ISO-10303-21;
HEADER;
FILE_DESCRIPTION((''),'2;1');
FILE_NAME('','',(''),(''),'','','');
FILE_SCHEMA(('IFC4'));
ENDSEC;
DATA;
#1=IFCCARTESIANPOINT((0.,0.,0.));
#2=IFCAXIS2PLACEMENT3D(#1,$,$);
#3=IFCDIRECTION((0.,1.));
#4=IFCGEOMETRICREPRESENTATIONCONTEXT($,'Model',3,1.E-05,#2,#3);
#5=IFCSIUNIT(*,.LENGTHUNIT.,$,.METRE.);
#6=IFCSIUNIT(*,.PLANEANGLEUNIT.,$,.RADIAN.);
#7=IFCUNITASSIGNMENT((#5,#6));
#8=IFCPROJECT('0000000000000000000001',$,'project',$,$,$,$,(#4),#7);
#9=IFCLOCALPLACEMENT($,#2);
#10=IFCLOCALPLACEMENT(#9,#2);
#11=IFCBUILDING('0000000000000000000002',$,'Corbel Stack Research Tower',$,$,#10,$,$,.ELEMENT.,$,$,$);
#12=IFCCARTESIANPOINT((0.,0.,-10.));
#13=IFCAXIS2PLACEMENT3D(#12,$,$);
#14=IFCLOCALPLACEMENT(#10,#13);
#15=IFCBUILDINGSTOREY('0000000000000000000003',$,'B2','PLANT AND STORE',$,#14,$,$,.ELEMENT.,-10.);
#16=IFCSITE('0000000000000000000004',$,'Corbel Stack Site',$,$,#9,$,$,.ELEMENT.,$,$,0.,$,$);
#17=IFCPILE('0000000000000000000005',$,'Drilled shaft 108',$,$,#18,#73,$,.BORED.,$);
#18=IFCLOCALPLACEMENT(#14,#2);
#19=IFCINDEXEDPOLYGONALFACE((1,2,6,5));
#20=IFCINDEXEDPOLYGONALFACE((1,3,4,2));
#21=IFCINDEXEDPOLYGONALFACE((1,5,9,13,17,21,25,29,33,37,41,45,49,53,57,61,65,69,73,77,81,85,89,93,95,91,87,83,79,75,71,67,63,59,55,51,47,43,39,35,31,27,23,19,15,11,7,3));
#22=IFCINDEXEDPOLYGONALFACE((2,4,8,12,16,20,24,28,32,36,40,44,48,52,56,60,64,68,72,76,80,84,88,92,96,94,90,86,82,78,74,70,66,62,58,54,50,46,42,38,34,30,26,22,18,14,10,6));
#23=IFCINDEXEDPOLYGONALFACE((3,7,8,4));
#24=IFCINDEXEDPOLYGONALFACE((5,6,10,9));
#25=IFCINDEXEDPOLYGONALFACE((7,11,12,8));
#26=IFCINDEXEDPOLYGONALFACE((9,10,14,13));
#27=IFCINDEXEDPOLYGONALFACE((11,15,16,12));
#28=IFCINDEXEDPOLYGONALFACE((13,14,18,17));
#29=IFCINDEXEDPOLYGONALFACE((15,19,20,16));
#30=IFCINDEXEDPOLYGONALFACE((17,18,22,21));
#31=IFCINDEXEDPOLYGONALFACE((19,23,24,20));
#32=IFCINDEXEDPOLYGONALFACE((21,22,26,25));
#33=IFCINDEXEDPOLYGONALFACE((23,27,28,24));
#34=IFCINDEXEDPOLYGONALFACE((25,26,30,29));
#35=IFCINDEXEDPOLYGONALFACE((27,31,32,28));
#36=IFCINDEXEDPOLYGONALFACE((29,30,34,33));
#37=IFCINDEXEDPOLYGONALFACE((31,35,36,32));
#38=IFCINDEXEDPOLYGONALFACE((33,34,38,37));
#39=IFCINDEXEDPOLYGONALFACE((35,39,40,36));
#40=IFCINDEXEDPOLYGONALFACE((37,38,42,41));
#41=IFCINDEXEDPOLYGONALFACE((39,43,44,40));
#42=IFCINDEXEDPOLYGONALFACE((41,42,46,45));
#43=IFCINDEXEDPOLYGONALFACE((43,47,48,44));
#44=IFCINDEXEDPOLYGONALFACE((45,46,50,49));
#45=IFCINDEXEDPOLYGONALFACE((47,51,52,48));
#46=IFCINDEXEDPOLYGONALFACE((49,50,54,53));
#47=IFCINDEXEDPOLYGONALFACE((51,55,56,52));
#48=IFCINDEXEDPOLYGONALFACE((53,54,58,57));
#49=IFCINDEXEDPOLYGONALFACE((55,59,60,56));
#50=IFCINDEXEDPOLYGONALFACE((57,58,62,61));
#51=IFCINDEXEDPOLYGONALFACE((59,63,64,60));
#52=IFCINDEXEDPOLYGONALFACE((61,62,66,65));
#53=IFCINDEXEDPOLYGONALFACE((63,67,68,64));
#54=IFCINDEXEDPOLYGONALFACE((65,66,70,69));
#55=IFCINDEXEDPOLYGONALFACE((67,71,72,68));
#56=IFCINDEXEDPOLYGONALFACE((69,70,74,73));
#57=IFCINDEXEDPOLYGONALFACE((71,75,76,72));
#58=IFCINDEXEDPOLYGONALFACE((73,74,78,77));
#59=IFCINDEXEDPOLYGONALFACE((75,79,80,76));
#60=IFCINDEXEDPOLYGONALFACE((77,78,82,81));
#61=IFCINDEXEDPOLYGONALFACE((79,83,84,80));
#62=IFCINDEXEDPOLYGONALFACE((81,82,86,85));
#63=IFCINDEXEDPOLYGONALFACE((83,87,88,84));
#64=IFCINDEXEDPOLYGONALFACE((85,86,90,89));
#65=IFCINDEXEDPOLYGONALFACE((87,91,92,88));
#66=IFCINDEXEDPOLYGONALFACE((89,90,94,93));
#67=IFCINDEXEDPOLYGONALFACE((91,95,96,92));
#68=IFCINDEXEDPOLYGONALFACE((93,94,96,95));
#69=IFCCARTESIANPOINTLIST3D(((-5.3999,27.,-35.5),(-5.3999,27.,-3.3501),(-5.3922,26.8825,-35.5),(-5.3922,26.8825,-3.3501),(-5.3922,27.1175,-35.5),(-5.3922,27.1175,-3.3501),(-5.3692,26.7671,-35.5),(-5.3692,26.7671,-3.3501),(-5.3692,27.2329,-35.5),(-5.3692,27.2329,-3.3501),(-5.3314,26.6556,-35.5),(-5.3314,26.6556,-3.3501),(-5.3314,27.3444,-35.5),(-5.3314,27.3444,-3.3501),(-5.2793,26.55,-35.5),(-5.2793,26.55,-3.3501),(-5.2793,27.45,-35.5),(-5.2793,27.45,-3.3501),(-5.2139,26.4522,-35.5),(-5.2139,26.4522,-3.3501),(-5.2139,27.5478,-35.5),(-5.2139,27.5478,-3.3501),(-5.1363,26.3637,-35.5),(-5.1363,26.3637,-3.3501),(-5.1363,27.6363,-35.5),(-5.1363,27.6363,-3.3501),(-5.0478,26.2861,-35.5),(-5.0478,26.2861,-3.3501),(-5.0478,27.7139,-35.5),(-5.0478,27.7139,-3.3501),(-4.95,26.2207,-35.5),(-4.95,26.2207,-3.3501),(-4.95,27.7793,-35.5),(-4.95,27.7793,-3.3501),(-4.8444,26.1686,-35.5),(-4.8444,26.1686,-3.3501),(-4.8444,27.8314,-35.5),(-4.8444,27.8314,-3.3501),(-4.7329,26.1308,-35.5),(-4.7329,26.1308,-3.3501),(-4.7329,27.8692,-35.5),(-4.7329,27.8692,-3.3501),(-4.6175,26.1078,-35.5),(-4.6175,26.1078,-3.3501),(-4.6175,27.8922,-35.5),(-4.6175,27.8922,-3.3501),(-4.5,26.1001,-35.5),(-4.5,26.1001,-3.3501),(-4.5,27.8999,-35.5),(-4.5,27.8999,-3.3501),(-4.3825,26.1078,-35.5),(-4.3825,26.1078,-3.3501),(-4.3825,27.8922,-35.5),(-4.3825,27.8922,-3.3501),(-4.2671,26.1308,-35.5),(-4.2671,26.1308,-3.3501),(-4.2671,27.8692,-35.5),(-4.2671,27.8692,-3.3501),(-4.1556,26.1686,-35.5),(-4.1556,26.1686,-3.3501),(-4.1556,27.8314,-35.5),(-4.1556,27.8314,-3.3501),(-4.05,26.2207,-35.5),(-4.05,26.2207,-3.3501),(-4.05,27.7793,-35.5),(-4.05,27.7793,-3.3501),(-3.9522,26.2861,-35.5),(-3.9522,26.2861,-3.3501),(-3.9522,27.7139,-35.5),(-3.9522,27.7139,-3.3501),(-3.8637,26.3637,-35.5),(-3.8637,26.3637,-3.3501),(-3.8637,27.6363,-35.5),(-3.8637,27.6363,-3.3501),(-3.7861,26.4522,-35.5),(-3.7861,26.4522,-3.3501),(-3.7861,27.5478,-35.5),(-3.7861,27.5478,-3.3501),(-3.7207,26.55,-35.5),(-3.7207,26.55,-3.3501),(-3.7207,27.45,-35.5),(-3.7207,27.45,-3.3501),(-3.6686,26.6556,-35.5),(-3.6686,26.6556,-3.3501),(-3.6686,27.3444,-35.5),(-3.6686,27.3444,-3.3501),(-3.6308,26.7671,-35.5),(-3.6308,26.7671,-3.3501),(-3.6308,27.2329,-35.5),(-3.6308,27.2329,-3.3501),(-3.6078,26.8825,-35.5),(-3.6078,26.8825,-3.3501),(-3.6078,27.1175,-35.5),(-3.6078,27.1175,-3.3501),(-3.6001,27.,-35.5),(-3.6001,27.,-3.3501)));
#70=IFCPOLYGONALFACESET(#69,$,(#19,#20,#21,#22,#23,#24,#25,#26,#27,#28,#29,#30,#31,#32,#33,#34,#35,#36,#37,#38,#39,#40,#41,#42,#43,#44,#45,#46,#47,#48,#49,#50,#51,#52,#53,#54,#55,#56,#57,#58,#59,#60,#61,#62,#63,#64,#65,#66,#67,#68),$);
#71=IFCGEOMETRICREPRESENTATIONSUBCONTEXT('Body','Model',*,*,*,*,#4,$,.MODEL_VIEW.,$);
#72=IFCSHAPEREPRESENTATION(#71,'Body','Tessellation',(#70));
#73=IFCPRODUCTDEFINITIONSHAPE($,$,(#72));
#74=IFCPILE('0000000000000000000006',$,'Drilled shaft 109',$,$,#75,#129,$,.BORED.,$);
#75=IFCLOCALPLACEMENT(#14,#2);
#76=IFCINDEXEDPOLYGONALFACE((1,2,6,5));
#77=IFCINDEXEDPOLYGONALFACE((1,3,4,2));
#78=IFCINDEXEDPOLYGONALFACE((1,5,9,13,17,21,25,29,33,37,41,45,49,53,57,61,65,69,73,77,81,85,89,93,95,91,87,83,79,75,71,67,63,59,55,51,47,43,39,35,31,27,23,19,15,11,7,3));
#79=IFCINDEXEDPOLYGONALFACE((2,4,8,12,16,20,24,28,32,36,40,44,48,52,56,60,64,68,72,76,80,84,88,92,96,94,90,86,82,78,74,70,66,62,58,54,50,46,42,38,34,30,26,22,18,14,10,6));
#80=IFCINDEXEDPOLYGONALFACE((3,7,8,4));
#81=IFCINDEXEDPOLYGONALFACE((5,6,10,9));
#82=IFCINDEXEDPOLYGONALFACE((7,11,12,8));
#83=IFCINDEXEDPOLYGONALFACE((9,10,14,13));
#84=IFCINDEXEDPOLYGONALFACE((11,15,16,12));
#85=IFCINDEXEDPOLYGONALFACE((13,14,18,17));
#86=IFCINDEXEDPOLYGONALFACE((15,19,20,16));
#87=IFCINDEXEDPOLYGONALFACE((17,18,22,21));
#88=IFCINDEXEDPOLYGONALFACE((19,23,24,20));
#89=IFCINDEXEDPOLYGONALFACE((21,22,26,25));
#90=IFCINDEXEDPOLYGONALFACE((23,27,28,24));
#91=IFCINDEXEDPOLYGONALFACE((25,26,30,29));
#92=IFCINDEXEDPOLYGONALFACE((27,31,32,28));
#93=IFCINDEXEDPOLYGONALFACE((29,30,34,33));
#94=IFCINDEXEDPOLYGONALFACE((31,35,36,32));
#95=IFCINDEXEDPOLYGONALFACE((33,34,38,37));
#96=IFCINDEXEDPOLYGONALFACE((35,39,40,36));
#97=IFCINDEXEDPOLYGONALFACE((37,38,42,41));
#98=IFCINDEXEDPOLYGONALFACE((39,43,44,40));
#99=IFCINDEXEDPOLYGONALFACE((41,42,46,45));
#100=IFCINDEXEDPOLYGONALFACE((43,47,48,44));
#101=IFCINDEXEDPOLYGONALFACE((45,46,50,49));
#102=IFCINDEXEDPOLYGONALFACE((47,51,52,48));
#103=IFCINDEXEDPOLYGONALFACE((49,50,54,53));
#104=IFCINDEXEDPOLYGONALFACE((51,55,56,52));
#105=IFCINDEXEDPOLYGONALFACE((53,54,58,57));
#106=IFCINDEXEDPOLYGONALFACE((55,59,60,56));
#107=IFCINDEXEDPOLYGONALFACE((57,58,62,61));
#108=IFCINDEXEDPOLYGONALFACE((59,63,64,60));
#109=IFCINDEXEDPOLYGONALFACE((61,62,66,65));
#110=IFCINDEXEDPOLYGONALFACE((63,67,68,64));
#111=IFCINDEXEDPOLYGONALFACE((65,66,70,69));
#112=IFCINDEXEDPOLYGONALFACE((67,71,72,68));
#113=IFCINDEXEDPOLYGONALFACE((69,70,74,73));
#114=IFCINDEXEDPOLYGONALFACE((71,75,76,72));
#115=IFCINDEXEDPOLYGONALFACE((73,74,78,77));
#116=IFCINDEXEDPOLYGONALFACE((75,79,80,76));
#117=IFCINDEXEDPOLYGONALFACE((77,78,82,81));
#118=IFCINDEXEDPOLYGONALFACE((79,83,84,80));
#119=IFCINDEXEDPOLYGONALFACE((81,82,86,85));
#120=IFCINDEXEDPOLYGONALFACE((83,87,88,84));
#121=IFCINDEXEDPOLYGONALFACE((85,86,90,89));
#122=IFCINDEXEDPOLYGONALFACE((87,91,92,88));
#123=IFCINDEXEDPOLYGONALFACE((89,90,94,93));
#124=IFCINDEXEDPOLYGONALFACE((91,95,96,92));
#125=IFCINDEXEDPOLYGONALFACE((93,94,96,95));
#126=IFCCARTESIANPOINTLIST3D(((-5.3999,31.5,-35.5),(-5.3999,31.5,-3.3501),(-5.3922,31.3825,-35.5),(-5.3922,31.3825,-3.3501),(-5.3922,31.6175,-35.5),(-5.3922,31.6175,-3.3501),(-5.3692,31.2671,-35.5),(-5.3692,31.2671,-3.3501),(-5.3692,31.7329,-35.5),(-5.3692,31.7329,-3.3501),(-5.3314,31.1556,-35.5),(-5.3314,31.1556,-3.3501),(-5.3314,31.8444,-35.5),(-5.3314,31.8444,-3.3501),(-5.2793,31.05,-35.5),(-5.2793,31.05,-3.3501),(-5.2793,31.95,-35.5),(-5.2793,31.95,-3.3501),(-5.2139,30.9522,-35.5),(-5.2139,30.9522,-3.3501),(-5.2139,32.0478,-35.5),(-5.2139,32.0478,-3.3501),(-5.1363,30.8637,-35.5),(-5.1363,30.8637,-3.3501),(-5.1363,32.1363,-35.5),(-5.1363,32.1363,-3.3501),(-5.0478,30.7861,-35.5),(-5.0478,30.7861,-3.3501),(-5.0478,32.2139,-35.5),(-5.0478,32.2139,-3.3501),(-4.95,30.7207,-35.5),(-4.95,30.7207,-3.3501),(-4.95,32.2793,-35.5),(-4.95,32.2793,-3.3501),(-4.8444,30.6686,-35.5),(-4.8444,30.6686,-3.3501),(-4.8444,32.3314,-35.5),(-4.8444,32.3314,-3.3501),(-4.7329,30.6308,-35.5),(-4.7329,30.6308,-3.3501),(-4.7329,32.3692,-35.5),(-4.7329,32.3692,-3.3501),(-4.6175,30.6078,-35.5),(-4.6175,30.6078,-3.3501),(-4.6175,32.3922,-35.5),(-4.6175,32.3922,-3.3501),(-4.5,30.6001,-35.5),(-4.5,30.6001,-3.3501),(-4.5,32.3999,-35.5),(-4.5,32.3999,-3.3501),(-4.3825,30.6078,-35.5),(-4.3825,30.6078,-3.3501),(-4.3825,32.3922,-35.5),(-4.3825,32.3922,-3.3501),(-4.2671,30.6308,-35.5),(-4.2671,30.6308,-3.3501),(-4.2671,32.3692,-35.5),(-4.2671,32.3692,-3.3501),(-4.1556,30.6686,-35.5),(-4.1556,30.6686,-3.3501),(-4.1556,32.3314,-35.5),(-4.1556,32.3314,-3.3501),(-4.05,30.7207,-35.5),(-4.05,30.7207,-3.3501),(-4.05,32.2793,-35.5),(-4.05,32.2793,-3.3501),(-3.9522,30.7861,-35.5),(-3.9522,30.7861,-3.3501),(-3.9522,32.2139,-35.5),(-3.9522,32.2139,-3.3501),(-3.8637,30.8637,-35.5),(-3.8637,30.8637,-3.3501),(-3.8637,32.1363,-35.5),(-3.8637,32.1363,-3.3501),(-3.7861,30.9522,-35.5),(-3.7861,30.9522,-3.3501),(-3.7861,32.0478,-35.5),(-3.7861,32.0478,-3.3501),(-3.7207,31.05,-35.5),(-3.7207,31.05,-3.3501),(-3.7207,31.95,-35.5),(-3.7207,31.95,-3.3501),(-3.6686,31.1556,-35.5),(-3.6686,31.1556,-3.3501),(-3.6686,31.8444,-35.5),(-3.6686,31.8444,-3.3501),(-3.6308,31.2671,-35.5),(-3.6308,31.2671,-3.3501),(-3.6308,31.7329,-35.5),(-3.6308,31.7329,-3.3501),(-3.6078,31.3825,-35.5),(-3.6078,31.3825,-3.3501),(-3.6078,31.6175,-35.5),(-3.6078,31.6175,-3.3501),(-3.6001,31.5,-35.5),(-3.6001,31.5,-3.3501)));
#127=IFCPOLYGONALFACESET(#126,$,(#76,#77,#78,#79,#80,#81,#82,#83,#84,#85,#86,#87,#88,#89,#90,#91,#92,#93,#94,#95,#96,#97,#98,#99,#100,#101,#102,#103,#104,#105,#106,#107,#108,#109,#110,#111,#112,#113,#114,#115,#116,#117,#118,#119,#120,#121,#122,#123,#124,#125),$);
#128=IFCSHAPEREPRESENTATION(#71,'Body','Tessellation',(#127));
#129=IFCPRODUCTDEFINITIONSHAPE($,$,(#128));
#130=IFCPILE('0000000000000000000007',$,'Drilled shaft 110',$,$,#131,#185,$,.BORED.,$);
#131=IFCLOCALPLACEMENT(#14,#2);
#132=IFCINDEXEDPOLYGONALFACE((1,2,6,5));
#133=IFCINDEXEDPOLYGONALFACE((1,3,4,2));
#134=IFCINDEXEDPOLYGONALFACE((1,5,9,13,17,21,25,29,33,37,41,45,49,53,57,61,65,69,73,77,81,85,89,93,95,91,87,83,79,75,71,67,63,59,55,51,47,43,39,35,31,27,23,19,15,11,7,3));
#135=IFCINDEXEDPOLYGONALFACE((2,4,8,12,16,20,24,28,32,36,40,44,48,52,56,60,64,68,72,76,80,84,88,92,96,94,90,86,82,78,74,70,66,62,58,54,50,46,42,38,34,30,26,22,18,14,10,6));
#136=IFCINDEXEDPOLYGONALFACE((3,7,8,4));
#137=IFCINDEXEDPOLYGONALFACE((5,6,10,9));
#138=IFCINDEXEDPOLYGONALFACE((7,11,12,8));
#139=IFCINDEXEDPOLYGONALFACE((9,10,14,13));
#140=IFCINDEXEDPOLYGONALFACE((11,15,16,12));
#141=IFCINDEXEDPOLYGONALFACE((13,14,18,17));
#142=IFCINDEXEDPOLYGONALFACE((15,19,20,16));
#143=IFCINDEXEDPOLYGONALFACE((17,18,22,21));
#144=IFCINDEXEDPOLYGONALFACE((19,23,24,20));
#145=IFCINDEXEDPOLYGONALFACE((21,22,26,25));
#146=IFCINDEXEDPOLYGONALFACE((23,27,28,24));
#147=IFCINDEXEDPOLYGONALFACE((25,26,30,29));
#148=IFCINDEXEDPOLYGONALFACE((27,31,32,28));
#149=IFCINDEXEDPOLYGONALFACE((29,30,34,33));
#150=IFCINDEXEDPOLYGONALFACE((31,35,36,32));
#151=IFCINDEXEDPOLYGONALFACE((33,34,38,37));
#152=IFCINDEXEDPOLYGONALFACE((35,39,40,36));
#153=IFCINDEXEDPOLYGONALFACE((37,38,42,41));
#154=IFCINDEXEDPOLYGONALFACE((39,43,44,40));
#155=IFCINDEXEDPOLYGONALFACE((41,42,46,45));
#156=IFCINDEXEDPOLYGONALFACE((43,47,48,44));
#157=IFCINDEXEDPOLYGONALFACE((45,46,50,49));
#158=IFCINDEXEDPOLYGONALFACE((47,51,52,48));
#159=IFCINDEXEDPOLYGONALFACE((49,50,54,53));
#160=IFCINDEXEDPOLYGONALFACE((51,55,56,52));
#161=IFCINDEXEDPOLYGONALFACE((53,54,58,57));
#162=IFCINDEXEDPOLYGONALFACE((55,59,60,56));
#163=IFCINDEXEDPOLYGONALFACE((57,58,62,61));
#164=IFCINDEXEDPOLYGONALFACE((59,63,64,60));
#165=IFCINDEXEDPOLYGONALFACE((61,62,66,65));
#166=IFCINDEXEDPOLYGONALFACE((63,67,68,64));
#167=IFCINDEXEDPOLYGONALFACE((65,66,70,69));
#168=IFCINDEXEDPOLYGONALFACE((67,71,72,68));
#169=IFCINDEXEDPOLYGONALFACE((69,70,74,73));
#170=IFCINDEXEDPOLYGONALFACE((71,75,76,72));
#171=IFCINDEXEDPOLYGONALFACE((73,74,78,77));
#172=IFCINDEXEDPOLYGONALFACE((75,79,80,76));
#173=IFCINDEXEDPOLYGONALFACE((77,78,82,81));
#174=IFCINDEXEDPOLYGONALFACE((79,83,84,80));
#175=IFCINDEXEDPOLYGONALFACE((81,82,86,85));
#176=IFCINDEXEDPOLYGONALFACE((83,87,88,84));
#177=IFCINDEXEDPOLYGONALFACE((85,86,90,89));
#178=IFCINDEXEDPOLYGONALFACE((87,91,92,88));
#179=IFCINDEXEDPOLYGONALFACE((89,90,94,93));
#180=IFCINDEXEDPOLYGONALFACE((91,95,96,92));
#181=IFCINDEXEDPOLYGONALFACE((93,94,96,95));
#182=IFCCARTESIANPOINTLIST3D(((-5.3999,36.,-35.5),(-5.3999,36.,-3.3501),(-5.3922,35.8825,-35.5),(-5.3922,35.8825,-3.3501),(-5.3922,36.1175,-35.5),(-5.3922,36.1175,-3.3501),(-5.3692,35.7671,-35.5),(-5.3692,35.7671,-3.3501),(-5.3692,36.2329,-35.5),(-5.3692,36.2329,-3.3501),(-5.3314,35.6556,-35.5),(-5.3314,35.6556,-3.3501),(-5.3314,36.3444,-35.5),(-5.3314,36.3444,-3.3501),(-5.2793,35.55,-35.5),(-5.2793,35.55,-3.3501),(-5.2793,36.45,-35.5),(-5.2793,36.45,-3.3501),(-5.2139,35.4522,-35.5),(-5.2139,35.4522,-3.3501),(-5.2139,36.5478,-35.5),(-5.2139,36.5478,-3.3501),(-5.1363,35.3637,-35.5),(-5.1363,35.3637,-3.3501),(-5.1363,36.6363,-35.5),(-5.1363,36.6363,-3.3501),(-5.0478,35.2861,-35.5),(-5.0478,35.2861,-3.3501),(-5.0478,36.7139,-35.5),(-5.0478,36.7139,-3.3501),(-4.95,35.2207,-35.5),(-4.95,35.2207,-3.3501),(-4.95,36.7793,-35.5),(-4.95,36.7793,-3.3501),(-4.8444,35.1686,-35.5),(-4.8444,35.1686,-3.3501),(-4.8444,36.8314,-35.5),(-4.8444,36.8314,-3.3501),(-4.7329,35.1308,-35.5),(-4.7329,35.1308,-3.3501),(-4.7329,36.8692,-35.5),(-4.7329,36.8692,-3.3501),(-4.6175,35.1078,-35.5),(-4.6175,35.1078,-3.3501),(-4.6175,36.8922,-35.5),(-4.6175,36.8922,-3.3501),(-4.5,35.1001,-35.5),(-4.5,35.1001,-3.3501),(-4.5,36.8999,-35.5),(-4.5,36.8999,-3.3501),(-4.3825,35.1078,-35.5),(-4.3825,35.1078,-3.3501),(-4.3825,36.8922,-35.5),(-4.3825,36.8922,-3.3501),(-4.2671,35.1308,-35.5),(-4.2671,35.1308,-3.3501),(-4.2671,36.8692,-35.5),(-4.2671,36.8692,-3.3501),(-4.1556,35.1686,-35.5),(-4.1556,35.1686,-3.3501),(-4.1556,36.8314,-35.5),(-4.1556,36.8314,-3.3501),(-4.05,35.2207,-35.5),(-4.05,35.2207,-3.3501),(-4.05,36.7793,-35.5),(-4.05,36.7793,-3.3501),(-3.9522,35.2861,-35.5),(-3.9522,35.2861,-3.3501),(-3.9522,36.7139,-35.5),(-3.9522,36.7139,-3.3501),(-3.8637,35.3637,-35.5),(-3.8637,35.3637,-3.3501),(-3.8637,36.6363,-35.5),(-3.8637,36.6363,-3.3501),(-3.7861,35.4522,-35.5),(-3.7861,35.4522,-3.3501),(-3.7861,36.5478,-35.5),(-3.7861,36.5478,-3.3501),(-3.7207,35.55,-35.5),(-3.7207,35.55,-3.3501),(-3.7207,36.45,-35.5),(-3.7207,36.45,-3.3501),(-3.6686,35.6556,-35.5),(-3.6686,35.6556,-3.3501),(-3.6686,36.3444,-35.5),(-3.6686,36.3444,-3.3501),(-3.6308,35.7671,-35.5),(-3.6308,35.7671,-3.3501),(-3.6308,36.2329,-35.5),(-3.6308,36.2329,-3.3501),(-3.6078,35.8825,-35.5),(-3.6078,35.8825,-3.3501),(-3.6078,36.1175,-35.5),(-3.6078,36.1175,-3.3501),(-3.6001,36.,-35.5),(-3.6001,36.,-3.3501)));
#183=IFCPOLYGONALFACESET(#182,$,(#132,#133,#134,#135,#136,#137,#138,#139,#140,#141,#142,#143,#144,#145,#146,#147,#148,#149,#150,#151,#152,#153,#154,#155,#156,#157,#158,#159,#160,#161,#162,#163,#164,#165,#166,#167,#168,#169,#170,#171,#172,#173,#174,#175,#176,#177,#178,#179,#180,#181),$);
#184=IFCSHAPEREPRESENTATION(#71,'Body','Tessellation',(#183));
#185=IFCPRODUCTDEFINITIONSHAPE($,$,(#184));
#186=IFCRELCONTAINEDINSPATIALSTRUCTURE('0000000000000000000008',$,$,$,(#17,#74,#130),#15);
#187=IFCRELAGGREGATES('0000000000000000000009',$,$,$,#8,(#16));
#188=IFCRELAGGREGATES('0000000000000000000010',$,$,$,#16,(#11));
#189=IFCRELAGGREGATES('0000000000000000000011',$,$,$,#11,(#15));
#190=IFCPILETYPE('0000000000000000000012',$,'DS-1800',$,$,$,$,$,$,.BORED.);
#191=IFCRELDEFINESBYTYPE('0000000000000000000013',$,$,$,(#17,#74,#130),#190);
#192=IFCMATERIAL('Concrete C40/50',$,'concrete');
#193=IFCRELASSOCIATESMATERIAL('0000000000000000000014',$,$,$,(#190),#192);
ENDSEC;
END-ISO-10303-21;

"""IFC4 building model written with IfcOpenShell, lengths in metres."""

from ifc_helpers import new_model, si_unit, direction, frame, origin, origin_2d, place, context, subcontext, project, spatial, circle, extrude, material, material_profile, profile_set, type_object, element, save


model = new_model("IFC4")

# Units and contexts
model_context = context("Model", 3, precision=1e-05, world=origin(), true_north=direction((0.0, 1.0)))
body_context = subcontext(model_context, "Body", "Model", "MODEL_VIEW")
ifc_project = project(units=[si_unit("LENGTHUNIT", "METRE"), si_unit("PLANEANGLEUNIT", "RADIAN")], contexts=[model_context])

# Site, building, storey
site_placement = place(None, origin())
site = spatial("IfcSite", under=ifc_project, at=site_placement, Name="Corbel Stack Site", CompositionType="ELEMENT", RefElevation=0.0)
building_placement = place(site_placement, origin())
building = spatial("IfcBuilding", under=site, at=building_placement, Name="Corbel Stack Research Tower", CompositionType="ELEMENT")
storey_placement = place(building_placement, frame((0.0, 0.0, -10.0)))
storey = spatial("IfcBuildingStorey", under=building, at=storey_placement, Name="B2", Description="PLANT AND STORE", CompositionType="ELEMENT", Elevation=-10.0)

# Piles
ifc_material_1 = material(Name="Concrete C40/50", Category="concrete")
ifc_material_profile_1 = material_profile(ifc_material_1, circle(Radius=0.8999, at=origin_2d()), Name="Shaft 1800")
ifc_profile_set_1 = profile_set([ifc_material_profile_1], Name="Concrete C40/50")
pile_type = type_object("IfcPileType", Name="DS-1800", PredefinedType="BORED", material=ifc_profile_set_1)
for number, where, z_axis, x_axis, name in (
    (1, (-4.5, 27.0, -3.3501), (0.0, 0.0, -1.0), (1.0, 0.0, 0.0), "Drilled shaft 108"),
    (2, (-4.5, 31.5, -3.3501), (0.0, 0.0, -1.0), (1.0, 0.0, 0.0), "Drilled shaft 109"),
    (3, (-4.5, 36.0, -3.3501), (0.0, 0.0, -1.0), (1.0, 0.0, 0.0), "Drilled shaft 110"),
):
    element("IfcPile", number, at=place(storey_placement, frame(where, z_axis=z_axis, x_axis=x_axis)), inside=storey, type_object=pile_type, Name=name, PredefinedType="BORED", context=body_context, shape_type="SweptSolid", body=[
        extrude(circle(Radius=0.8999, at=origin_2d()), origin(), (0.0, 0.0, 1.0), 32.1499),
    ])

save(model, "model.ifc")
